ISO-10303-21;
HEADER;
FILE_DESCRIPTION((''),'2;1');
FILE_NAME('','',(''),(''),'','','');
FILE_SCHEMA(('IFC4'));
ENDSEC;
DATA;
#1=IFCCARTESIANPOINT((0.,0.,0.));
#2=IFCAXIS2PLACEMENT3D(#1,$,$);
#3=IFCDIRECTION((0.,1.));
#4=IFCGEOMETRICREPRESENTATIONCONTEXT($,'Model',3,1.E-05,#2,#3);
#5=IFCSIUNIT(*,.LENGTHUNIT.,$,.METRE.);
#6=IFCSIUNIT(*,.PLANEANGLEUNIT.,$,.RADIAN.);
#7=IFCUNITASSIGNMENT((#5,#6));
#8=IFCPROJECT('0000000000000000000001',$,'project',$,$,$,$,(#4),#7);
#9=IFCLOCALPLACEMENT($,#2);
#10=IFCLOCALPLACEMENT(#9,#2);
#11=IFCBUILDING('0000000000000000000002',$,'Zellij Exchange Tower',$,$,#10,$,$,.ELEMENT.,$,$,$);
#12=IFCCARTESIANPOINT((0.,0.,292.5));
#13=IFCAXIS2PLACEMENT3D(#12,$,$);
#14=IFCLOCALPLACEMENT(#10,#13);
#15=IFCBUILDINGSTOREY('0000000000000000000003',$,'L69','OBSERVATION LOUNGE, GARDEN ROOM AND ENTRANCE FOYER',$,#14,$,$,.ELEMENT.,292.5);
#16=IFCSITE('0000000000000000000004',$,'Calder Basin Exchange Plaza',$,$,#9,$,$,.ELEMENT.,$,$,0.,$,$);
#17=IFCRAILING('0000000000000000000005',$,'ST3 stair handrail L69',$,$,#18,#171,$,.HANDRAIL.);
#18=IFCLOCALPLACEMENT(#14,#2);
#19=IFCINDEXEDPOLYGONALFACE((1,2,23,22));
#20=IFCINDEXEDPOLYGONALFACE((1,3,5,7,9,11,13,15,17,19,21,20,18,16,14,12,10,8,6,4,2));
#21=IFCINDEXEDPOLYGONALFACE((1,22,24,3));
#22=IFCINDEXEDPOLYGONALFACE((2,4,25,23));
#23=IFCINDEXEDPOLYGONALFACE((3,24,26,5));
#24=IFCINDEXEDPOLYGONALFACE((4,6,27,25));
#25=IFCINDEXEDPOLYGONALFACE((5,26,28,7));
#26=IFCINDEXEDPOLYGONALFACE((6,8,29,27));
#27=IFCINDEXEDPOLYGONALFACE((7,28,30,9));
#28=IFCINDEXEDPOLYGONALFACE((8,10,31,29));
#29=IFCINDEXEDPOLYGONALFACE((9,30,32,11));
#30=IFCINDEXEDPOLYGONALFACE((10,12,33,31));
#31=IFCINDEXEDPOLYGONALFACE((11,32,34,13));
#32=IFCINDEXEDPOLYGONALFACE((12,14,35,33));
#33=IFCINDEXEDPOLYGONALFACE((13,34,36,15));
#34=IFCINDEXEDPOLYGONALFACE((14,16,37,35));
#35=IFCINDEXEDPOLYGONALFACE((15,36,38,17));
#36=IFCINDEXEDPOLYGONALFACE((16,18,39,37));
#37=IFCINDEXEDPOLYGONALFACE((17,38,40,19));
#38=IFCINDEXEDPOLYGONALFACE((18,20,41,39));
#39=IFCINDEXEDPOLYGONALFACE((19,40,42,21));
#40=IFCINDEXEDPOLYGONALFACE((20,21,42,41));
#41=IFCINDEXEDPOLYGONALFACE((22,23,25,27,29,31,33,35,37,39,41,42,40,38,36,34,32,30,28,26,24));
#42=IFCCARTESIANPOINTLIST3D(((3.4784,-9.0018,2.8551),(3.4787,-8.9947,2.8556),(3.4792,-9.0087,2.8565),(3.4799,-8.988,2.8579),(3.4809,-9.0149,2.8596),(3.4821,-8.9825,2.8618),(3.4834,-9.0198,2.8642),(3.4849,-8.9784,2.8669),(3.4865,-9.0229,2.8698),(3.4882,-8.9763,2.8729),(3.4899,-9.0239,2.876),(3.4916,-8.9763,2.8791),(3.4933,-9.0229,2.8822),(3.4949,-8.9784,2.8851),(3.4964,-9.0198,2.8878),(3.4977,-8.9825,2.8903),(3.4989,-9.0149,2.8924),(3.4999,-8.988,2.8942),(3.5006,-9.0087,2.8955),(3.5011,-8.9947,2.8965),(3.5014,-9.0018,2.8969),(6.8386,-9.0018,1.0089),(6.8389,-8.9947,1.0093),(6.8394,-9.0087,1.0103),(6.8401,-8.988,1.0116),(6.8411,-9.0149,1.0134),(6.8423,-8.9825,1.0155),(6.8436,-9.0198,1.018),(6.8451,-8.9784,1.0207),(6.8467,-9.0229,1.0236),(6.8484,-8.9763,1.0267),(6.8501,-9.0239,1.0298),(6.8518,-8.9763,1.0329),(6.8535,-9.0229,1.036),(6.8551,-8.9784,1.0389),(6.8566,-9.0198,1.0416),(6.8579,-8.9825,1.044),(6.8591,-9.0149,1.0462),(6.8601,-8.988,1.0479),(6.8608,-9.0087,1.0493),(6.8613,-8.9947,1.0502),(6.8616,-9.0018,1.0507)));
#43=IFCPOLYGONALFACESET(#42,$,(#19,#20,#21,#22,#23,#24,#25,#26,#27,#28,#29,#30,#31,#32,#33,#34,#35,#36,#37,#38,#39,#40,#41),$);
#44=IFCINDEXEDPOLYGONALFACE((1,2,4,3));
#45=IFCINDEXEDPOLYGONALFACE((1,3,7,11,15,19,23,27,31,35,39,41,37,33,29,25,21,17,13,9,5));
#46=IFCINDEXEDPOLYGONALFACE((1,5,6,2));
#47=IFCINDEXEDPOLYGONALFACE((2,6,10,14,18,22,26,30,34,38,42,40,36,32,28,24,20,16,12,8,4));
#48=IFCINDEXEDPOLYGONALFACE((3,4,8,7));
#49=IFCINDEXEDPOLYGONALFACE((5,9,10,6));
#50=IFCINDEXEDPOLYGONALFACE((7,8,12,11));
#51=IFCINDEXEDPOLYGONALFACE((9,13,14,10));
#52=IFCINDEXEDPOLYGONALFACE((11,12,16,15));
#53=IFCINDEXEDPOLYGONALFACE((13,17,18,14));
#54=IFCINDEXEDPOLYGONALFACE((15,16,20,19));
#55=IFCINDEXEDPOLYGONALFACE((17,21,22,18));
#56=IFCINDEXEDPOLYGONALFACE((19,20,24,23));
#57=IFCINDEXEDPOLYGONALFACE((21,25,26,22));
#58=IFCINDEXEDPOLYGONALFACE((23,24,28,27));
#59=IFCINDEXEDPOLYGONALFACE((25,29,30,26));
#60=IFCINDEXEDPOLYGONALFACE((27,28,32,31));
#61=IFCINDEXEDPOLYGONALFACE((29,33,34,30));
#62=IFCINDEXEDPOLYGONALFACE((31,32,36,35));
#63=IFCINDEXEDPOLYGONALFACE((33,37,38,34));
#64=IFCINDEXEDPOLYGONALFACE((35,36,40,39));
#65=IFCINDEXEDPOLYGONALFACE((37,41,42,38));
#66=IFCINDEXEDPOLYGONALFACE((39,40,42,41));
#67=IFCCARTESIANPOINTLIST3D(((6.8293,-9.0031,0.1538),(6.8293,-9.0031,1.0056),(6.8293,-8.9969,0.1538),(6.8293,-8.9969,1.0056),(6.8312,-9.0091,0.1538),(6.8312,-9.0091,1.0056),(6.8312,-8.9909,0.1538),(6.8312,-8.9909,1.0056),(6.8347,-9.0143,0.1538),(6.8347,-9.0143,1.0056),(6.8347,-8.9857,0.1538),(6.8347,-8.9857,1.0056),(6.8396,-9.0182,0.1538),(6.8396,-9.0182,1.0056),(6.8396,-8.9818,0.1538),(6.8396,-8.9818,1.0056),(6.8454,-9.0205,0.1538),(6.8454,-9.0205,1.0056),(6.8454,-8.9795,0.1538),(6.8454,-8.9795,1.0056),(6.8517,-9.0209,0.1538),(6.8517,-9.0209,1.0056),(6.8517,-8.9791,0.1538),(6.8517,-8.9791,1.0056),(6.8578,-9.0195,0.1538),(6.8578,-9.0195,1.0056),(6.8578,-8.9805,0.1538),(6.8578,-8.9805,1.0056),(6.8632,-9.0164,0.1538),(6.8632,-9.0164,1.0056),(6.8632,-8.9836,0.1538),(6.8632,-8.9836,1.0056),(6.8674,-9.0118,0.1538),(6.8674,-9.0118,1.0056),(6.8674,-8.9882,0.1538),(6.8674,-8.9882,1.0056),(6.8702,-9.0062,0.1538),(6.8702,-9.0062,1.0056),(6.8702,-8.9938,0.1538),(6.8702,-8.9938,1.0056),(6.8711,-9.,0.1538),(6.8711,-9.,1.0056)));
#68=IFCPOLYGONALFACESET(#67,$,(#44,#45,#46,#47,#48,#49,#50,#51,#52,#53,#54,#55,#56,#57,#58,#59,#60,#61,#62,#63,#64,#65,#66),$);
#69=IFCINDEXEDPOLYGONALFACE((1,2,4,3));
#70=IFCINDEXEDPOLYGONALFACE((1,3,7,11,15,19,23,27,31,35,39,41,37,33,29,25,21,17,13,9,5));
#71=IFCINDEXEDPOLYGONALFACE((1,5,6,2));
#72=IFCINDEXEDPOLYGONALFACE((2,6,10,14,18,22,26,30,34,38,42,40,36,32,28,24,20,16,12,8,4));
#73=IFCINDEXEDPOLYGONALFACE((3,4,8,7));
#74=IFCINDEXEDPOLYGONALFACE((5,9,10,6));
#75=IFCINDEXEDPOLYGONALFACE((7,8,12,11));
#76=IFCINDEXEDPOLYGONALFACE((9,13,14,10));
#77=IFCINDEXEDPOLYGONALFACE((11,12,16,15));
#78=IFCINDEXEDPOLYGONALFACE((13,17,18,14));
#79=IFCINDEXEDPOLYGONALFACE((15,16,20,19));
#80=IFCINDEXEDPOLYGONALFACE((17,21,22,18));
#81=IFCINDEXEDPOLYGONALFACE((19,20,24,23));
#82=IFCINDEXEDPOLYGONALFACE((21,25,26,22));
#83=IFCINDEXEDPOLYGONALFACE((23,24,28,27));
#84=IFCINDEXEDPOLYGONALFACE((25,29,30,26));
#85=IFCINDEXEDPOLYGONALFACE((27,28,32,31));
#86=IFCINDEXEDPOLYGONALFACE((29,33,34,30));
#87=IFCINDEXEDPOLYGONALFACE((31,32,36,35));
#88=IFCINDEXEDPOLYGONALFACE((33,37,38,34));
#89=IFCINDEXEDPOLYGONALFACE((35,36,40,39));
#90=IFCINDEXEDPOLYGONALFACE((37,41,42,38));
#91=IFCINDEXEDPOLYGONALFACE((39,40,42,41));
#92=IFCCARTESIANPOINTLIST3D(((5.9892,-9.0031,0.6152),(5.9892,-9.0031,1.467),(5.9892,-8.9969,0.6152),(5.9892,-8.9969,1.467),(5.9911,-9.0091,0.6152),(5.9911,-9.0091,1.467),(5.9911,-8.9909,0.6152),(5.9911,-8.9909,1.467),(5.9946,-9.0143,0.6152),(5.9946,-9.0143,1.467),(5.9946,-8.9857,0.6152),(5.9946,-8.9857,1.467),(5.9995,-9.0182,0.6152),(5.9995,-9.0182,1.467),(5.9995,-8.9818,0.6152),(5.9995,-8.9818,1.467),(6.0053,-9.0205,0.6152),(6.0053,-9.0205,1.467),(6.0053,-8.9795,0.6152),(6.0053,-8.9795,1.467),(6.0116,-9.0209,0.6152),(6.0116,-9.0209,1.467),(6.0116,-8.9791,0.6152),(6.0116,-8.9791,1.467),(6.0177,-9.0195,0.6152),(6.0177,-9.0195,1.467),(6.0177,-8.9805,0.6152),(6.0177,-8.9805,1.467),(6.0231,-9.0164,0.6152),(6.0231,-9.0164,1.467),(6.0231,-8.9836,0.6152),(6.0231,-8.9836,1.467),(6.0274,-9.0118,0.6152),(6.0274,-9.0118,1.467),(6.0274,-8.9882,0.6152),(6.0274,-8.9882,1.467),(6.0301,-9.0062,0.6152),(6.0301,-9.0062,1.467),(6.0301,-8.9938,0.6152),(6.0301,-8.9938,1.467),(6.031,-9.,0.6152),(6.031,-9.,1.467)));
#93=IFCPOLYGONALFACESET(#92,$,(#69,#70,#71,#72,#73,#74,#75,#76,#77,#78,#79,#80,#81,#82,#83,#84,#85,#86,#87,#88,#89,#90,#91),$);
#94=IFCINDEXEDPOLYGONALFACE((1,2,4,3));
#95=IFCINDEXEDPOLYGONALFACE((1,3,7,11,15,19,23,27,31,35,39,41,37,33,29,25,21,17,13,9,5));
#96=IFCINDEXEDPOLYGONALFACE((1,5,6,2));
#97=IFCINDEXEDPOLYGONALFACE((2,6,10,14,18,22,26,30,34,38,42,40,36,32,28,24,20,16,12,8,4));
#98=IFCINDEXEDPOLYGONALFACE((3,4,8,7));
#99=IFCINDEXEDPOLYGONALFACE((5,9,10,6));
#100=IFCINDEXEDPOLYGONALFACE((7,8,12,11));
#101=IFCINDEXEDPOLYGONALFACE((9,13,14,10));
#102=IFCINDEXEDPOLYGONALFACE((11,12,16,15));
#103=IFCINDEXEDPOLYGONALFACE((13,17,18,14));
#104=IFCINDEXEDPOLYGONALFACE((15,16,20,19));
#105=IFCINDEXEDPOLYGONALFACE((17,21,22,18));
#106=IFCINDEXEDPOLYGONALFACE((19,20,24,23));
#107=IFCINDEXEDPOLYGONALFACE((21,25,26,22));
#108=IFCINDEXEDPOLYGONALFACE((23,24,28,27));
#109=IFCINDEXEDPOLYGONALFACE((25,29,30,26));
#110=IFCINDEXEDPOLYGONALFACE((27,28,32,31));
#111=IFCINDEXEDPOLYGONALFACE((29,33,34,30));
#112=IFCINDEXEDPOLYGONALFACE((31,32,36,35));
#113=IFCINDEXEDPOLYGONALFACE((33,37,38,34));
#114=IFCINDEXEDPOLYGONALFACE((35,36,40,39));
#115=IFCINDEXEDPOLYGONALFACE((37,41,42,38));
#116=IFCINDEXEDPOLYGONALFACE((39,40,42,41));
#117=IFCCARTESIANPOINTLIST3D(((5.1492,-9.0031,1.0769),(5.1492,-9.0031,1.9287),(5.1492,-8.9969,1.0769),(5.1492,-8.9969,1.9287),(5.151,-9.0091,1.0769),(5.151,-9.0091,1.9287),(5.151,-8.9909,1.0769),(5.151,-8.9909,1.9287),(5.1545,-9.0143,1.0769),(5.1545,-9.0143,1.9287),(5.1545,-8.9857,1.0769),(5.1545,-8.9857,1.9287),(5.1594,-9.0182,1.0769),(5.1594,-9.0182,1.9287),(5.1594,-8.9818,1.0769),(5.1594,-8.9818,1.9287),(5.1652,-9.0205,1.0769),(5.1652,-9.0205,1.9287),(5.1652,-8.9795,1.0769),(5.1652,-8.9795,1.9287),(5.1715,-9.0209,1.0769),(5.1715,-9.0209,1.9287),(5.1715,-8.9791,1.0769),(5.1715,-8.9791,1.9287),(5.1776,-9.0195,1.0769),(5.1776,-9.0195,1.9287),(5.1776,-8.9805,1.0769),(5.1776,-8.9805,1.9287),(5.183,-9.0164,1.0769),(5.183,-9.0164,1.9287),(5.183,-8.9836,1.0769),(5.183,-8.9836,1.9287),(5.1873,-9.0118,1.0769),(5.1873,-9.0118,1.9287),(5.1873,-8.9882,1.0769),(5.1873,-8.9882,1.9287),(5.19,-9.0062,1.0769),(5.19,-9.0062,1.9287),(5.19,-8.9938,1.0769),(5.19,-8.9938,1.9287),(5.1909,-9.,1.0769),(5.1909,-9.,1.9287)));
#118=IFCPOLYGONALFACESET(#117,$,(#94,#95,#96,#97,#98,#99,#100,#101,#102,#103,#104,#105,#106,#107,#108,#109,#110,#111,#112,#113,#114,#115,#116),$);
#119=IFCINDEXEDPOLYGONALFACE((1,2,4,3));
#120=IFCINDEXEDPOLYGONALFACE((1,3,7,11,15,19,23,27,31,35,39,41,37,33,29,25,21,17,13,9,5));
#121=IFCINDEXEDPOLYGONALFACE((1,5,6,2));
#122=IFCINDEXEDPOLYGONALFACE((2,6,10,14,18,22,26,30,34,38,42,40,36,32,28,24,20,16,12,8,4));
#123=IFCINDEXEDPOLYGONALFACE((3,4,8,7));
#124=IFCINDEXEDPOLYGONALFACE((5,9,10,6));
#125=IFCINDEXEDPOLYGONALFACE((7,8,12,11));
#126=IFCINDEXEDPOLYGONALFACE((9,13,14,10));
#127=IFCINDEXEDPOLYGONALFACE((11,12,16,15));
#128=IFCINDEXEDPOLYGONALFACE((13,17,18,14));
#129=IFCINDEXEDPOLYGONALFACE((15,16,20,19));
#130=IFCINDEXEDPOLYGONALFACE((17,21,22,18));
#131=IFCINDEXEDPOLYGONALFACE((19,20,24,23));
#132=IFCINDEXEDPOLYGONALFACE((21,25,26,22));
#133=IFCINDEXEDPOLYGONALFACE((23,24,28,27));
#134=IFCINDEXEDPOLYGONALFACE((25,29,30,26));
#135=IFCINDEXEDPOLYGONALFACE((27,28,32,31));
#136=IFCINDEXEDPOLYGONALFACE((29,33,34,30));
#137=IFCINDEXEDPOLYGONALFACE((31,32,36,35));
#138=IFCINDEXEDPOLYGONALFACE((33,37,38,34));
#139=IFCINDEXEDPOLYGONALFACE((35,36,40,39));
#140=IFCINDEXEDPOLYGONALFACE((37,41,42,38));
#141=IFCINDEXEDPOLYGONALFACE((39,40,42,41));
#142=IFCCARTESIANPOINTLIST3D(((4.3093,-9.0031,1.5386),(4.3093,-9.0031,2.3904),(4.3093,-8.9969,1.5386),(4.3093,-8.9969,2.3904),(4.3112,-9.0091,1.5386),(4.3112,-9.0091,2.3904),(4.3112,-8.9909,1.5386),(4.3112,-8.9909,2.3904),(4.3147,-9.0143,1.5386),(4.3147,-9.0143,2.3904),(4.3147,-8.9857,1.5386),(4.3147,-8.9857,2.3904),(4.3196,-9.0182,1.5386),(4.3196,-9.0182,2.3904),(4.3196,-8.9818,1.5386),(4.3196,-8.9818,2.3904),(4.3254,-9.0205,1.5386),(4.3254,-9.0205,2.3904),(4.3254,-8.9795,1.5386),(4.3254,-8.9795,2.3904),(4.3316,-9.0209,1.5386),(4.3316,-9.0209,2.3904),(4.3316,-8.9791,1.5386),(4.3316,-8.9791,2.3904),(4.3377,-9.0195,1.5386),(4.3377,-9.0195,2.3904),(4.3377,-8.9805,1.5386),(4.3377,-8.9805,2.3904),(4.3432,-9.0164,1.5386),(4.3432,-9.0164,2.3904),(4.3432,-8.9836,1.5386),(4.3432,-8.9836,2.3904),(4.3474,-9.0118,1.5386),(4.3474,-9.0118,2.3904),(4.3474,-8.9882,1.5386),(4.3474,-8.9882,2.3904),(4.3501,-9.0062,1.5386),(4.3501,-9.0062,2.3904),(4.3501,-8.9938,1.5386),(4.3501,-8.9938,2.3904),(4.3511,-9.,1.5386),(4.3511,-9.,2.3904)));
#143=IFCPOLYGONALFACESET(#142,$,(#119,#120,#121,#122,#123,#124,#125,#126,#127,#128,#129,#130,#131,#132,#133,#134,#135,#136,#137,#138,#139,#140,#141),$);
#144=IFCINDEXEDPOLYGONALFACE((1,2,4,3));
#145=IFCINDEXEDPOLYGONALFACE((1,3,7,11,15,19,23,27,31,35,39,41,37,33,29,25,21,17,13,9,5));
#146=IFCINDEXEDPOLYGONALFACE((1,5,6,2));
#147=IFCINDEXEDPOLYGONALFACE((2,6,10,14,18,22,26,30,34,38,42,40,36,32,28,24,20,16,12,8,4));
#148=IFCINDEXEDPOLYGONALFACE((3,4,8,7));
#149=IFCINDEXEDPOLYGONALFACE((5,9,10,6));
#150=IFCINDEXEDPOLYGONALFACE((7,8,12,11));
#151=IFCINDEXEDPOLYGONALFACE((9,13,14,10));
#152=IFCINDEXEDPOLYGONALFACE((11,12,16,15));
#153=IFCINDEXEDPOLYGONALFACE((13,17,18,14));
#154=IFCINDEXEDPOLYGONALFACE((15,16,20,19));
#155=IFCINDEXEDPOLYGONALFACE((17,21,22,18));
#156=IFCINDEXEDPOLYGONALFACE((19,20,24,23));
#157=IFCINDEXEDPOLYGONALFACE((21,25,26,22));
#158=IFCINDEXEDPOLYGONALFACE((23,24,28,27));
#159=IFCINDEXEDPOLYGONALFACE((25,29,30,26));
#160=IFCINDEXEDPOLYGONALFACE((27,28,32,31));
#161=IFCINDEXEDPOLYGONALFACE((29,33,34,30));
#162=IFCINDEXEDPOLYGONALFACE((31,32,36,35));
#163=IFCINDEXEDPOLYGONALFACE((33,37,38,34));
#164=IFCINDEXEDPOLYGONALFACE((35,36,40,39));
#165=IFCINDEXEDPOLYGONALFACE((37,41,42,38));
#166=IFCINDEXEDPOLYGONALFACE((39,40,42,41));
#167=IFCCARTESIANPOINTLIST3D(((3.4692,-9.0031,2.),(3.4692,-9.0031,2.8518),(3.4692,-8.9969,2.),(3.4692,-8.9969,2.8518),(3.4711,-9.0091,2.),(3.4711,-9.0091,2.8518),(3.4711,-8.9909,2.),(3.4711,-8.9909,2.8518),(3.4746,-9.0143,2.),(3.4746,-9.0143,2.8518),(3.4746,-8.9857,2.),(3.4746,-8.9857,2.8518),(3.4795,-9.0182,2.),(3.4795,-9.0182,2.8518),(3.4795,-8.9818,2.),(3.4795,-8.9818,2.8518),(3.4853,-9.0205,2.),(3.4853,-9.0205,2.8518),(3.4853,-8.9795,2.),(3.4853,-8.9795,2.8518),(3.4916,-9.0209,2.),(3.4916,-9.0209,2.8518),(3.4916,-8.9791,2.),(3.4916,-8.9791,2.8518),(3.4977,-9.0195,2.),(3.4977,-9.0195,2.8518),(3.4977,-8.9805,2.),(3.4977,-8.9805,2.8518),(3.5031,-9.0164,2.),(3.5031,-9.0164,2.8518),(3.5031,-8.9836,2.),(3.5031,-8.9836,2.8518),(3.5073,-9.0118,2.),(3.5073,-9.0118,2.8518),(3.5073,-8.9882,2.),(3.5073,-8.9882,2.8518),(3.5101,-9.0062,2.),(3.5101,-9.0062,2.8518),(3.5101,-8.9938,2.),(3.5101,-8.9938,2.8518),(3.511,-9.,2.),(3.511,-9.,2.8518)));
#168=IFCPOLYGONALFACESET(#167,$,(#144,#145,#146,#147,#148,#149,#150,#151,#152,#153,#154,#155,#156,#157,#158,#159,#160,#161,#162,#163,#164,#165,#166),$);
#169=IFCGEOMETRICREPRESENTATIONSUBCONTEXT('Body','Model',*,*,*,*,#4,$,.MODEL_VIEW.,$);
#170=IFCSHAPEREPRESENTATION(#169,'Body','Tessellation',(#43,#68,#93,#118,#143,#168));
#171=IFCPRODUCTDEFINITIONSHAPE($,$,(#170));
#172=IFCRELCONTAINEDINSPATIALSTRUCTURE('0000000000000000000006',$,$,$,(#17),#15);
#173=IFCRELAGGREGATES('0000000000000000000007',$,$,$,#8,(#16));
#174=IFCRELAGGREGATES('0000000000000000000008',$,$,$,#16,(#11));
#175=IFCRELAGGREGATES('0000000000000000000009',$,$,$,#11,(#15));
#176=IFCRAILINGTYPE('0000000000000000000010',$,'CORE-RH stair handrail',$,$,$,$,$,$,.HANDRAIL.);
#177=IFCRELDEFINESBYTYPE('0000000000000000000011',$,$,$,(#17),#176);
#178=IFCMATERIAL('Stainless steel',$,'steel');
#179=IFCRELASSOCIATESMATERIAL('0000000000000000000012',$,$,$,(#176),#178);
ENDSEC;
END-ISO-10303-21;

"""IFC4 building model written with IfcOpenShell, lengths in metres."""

from ifc_helpers import new_model, si_unit, direction, frame, origin, origin_2d, place, context, subcontext, project, spatial, circle, extrude, material, type_object, element, save


model = new_model("IFC4")

# Units and contexts
model_context = context("Model", 3, precision=1e-05, world=origin(), true_north=direction((0.0, 1.0)))
body_context = subcontext(model_context, "Body", "Model", "MODEL_VIEW")
ifc_project = project(units=[si_unit("LENGTHUNIT", "METRE"), si_unit("PLANEANGLEUNIT", "RADIAN")], contexts=[model_context])

# Site, building, storey
site_placement = place(None, origin())
site = spatial("IfcSite", under=ifc_project, at=site_placement, Name="Calder Basin Exchange Plaza", CompositionType="ELEMENT", RefElevation=0.0)
building_placement = place(site_placement, origin())
building = spatial("IfcBuilding", under=site, at=building_placement, Name="Zellij Exchange Tower", CompositionType="ELEMENT")
storey_placement = place(building_placement, frame((0.0, 0.0, 292.5)))
storey = spatial("IfcBuildingStorey", under=building, at=storey_placement, Name="L69", Description="OBSERVATION LOUNGE, GARDEN ROOM AND ENTRANCE FOYER", CompositionType="ELEMENT", Elevation=292.5)

# Railing
ifc_material_1 = material(Name="Stainless steel", Category="steel")
railing_type_1 = type_object("IfcRailingType", Name="CORE-RH stair handrail", PredefinedType="HANDRAIL", material=ifc_material_1)
railing_1_placement = place(storey_placement, frame((6.8501, -9.0, 0.1538)))
element("IfcRailing", 1, at=railing_1_placement, inside=storey, type_object=railing_type_1, Name="ST3 stair handrail L69", PredefinedType="HANDRAIL", context=body_context, shape_type="SweptSolid", body=[
    extrude(circle(Radius=0.0239, at=origin_2d()), frame((0.0, 0.0, 0.876), z_axis=(-0.876422, 0.0, 0.481545), x_axis=(0.0, -1.0, 0.0)), (0.0, 0.0, 1.0), 3.834),
    extrude(circle(Radius=0.021, at=origin_2d()), origin(), (0.0, 0.0, 1.0), 0.8518),
    extrude(circle(Radius=0.021, at=origin_2d()), frame((-0.8401, 0.0, 0.4614)), (0.0, 0.0, 1.0), 0.8518),
    extrude(circle(Radius=0.021, at=origin_2d()), frame((-1.6802, 0.0, 0.9231)), (0.0, 0.0, 1.0), 0.8518),
    extrude(circle(Radius=0.021, at=origin_2d()), frame((-2.52, 0.0, 1.3848)), (0.0, 0.0, 1.0), 0.8518),
    extrude(circle(Radius=0.021, at=origin_2d()), frame((-3.3601, 0.0, 1.8462)), (0.0, 0.0, 1.0), 0.8518),
])

save(model, "model.ifc")
